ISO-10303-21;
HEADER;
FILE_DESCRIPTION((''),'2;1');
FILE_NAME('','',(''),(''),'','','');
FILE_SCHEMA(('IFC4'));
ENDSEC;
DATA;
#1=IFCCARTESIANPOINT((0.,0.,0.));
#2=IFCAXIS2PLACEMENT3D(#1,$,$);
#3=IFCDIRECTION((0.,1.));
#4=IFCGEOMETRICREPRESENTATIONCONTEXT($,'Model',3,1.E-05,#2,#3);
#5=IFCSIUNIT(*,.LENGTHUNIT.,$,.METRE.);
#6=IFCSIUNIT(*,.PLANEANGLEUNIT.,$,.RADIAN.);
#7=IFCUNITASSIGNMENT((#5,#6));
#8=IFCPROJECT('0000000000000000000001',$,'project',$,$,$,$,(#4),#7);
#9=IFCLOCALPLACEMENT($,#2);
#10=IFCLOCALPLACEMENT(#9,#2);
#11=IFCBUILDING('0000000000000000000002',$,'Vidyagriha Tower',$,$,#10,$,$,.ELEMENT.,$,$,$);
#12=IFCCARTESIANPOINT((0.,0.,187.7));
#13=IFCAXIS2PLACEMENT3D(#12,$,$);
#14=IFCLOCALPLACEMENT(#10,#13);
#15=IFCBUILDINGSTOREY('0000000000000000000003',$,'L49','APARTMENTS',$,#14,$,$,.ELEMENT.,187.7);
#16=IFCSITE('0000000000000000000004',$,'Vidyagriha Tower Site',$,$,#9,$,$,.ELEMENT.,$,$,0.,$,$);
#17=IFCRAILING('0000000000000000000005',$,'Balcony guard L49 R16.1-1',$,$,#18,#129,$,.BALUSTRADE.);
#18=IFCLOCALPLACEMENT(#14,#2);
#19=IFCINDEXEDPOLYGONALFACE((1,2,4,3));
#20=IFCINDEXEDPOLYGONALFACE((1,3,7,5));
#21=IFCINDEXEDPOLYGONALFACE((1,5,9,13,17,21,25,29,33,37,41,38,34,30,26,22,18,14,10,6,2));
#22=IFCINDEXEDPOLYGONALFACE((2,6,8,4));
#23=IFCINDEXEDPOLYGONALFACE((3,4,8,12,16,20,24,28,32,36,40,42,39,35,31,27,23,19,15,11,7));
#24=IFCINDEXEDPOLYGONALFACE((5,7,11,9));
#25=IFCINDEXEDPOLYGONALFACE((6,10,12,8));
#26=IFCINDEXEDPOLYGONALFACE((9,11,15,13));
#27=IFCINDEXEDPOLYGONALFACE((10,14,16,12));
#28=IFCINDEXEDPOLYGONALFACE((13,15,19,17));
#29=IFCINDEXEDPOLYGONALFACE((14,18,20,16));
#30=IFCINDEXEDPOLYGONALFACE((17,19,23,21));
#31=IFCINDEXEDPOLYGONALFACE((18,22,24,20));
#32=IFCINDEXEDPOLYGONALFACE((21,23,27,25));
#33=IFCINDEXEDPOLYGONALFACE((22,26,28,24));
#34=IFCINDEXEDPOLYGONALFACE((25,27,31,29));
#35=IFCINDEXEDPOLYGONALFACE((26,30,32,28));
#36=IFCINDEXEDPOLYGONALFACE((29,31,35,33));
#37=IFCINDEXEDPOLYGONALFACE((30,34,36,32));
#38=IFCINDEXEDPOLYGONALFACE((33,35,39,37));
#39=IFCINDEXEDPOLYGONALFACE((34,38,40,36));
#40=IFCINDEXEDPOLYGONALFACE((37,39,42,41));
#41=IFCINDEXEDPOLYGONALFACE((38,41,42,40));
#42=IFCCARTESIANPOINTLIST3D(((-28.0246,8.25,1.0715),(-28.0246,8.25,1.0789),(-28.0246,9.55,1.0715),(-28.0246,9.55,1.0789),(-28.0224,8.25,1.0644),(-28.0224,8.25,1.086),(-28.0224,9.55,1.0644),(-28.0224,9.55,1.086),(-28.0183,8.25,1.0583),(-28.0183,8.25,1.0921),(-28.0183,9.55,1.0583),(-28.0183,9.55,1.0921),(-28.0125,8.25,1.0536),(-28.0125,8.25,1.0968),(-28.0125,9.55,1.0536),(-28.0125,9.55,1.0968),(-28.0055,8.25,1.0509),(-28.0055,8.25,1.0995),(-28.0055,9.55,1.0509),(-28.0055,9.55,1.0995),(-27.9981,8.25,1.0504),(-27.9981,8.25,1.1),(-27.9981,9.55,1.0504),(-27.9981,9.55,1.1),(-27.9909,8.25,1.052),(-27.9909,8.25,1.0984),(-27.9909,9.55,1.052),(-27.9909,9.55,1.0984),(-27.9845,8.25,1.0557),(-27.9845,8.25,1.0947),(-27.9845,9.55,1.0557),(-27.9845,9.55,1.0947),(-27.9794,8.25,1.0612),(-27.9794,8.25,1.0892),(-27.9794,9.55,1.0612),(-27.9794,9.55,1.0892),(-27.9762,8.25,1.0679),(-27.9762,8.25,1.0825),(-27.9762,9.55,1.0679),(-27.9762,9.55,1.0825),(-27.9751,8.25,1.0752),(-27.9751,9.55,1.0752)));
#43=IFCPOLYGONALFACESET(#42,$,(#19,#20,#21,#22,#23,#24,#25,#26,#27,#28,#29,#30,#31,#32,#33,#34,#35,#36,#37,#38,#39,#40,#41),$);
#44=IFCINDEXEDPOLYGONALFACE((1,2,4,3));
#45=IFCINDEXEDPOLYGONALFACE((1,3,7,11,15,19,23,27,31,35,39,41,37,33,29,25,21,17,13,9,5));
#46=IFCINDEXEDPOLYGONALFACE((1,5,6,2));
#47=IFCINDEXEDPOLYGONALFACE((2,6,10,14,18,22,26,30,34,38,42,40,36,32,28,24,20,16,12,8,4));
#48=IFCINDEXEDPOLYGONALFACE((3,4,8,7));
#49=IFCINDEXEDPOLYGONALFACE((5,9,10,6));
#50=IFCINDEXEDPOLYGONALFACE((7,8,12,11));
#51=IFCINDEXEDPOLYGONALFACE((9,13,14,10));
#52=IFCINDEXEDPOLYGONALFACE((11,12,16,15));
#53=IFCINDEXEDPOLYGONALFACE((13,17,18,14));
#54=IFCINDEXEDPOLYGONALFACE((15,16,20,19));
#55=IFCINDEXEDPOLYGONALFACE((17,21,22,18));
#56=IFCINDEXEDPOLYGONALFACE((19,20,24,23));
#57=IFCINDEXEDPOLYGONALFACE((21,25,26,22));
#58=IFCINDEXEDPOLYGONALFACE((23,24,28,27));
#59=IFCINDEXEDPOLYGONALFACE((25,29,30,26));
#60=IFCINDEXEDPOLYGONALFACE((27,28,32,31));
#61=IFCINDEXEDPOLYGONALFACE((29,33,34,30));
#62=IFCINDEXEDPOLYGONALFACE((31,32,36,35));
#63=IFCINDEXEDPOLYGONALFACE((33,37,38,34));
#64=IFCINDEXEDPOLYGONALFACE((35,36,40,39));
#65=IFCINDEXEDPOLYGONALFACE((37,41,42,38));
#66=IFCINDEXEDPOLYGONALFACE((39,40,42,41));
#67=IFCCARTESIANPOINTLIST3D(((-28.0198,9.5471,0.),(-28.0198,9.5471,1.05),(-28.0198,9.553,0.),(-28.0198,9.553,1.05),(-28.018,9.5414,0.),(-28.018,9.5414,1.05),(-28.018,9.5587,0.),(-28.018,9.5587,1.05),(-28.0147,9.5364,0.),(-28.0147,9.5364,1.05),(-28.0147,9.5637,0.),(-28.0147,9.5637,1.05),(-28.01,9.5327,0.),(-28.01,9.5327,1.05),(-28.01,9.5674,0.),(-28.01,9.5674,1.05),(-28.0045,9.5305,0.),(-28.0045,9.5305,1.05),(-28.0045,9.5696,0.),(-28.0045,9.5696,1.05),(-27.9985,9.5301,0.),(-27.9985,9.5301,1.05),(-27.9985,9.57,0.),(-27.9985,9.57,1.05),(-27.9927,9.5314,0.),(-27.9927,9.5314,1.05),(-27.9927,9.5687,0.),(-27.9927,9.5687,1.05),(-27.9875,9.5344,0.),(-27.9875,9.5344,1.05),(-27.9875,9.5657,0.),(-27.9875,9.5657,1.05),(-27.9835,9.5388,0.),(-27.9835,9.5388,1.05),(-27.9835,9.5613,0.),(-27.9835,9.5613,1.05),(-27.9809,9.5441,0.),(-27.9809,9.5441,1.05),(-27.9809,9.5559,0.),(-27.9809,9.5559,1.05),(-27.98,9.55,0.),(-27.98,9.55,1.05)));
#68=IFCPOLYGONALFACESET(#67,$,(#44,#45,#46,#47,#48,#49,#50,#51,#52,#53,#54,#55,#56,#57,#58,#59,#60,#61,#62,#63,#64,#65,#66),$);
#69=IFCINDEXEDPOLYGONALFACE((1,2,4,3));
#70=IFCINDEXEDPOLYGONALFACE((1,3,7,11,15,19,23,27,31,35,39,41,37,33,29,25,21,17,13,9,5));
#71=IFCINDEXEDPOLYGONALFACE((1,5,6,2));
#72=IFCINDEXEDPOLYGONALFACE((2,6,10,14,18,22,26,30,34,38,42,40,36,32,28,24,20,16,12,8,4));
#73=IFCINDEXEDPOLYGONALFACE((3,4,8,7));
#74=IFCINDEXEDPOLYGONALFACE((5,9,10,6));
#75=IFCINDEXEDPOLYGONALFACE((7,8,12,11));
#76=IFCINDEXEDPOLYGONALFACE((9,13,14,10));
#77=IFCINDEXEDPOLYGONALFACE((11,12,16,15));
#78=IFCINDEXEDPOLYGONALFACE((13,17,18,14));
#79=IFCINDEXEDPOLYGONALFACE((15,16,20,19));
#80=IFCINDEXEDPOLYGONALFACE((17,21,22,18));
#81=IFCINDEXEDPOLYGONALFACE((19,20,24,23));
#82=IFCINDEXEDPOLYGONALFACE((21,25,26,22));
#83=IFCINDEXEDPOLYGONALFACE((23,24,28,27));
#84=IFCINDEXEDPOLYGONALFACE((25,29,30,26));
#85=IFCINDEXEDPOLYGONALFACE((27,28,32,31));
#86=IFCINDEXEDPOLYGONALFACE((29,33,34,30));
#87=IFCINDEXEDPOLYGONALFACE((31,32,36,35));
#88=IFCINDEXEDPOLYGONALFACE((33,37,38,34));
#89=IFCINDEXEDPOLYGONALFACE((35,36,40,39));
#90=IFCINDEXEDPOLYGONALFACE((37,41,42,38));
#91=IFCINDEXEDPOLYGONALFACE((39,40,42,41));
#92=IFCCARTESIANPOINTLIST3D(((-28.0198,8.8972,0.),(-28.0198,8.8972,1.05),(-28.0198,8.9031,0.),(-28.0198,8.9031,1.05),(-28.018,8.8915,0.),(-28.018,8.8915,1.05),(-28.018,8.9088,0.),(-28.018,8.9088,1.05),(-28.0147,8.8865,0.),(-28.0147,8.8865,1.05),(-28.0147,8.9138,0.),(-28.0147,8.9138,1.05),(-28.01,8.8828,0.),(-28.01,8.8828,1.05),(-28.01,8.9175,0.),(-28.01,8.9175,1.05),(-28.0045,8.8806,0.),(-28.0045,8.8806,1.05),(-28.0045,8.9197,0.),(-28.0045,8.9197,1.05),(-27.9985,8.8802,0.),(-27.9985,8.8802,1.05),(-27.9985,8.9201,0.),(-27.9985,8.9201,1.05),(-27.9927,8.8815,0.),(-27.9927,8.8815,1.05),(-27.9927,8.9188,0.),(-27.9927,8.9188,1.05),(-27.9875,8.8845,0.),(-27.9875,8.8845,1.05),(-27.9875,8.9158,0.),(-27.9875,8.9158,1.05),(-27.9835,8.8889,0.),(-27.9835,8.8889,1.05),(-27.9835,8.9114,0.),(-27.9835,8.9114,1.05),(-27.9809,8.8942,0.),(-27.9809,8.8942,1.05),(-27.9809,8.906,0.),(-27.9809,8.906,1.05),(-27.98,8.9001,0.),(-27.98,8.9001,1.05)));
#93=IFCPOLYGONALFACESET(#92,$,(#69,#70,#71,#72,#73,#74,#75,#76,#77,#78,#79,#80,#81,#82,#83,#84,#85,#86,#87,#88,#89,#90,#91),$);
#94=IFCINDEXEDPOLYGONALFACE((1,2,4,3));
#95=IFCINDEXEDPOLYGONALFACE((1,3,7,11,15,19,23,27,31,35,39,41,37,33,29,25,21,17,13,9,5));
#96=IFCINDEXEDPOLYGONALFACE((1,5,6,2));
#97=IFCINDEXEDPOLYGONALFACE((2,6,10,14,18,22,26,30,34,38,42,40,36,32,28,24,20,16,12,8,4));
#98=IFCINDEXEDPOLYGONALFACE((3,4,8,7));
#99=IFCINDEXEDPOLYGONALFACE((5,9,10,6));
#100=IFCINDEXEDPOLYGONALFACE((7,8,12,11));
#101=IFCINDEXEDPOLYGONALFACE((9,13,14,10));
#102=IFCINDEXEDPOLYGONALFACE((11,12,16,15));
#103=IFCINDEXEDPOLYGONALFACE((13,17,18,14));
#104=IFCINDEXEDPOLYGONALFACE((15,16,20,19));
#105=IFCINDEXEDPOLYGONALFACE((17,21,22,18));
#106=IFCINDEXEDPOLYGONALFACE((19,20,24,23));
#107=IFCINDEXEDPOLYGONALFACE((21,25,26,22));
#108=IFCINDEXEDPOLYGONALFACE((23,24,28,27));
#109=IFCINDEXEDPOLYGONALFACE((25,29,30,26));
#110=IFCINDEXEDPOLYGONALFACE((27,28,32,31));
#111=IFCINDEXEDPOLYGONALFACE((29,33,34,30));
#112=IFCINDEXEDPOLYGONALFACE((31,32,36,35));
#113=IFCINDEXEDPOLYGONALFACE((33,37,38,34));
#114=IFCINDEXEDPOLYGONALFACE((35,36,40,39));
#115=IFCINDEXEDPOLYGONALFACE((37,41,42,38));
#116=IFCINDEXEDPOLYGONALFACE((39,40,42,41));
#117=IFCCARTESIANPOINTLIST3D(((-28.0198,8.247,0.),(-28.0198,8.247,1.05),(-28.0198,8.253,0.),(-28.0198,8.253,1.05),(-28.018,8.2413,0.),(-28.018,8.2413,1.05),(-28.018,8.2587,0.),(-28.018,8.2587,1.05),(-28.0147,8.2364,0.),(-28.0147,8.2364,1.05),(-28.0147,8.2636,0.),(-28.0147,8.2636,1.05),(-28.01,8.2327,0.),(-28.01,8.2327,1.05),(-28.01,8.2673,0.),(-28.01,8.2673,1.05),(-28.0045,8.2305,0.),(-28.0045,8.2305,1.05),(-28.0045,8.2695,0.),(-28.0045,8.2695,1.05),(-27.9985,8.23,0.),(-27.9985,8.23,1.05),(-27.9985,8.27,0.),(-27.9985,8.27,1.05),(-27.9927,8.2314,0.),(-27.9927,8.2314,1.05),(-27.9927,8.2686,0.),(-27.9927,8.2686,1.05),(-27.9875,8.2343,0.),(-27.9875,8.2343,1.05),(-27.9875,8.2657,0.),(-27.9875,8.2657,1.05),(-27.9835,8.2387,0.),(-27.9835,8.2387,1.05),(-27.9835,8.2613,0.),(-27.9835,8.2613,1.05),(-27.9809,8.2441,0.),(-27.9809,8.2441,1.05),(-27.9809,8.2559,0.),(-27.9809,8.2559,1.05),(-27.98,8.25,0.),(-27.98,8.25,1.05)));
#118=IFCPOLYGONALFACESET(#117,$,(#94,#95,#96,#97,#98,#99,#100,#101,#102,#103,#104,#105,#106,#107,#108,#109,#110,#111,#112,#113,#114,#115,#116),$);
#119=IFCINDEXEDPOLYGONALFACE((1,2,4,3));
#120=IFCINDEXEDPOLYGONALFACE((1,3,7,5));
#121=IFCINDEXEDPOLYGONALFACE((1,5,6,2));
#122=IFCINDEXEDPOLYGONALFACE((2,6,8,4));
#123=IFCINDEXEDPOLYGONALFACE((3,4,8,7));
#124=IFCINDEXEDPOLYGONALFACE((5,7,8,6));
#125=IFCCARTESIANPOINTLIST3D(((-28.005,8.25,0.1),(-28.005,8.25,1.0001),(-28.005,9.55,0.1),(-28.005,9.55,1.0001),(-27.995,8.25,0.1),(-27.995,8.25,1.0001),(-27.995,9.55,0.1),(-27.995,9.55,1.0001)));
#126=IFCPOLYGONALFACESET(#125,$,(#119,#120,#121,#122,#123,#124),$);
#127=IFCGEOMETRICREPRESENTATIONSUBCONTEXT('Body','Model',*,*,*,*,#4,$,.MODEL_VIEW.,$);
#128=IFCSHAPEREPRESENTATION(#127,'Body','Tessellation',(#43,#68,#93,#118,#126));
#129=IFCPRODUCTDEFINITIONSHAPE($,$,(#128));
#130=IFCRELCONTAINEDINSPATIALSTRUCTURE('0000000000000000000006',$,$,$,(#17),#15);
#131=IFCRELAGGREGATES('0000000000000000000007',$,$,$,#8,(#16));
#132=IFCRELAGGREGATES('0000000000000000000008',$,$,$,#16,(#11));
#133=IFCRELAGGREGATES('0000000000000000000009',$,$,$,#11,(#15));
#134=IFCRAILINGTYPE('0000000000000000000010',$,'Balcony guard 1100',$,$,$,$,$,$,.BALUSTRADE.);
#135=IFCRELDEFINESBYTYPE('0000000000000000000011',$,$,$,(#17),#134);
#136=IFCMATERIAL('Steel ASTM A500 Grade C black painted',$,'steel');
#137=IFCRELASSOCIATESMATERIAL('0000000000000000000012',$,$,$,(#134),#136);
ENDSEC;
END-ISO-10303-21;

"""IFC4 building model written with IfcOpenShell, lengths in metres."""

from ifc_helpers import new_model, si_unit, direction, frame, origin, origin_2d, place, context, subcontext, project, spatial, rectangle, circle, extrude, material, type_object, element, save


model = new_model("IFC4")

# Units and contexts
model_context = context("Model", 3, precision=1e-05, world=origin(), true_north=direction((0.0, 1.0)))
body_context = subcontext(model_context, "Body", "Model", "MODEL_VIEW")
ifc_project = project(units=[si_unit("LENGTHUNIT", "METRE"), si_unit("PLANEANGLEUNIT", "RADIAN")], contexts=[model_context])

# Site, building, storey
site_placement = place(None, origin())
site = spatial("IfcSite", under=ifc_project, at=site_placement, Name="Vidyagriha Tower Site", CompositionType="ELEMENT", RefElevation=0.0)
building_placement = place(site_placement, origin())
building = spatial("IfcBuilding", under=site, at=building_placement, Name="Vidyagriha Tower", CompositionType="ELEMENT")
storey_placement = place(building_placement, frame((0.0, 0.0, 187.7)))
storey = spatial("IfcBuildingStorey", under=building, at=storey_placement, Name="L49", Description="APARTMENTS", CompositionType="ELEMENT", Elevation=187.7)

# Railing
ifc_material_1 = material(Name="Steel ASTM A500 Grade C black painted", Category="steel")
railing_type = type_object("IfcRailingType", Name="Balcony guard 1100", PredefinedType="BALUSTRADE", material=ifc_material_1)
railing_1_placement = place(storey_placement, frame((-28.0, 9.55, 0.0)))
element("IfcRailing", 1, at=railing_1_placement, inside=storey, type_object=railing_type, Name="Balcony guard L49 R16.1-1", PredefinedType="BALUSTRADE", context=body_context, shape_type="SweptSolid", body=[
    extrude(circle(Radius=0.0249, at=origin_2d()), frame((0.0, 0.0, 1.0752), z_axis=(0.0, -1.0, 0.0), x_axis=(1.0, 0.0, 0.0)), (0.0, 0.0, 1.0), 1.3),
    extrude(circle(Radius=0.02, at=origin_2d()), origin(), (0.0, 0.0, 1.0), 1.05),
    extrude(circle(Radius=0.02, at=origin_2d()), frame((0.0, -0.6499, 0.0)), (0.0, 0.0, 1.0), 1.05),
    extrude(circle(Radius=0.02, at=origin_2d()), frame((0.0, -1.3, 0.0)), (0.0, 0.0, 1.0), 1.05),
    extrude(rectangle(XDim=0.01, YDim=0.9001, at=origin_2d()), frame((0.0, 0.0, 0.55), z_axis=(0.0, -1.0, 0.0), x_axis=(1.0, 0.0, 0.0)), (0.0, 0.0, 1.0), 1.3),
])

save(model, "model.ifc")
